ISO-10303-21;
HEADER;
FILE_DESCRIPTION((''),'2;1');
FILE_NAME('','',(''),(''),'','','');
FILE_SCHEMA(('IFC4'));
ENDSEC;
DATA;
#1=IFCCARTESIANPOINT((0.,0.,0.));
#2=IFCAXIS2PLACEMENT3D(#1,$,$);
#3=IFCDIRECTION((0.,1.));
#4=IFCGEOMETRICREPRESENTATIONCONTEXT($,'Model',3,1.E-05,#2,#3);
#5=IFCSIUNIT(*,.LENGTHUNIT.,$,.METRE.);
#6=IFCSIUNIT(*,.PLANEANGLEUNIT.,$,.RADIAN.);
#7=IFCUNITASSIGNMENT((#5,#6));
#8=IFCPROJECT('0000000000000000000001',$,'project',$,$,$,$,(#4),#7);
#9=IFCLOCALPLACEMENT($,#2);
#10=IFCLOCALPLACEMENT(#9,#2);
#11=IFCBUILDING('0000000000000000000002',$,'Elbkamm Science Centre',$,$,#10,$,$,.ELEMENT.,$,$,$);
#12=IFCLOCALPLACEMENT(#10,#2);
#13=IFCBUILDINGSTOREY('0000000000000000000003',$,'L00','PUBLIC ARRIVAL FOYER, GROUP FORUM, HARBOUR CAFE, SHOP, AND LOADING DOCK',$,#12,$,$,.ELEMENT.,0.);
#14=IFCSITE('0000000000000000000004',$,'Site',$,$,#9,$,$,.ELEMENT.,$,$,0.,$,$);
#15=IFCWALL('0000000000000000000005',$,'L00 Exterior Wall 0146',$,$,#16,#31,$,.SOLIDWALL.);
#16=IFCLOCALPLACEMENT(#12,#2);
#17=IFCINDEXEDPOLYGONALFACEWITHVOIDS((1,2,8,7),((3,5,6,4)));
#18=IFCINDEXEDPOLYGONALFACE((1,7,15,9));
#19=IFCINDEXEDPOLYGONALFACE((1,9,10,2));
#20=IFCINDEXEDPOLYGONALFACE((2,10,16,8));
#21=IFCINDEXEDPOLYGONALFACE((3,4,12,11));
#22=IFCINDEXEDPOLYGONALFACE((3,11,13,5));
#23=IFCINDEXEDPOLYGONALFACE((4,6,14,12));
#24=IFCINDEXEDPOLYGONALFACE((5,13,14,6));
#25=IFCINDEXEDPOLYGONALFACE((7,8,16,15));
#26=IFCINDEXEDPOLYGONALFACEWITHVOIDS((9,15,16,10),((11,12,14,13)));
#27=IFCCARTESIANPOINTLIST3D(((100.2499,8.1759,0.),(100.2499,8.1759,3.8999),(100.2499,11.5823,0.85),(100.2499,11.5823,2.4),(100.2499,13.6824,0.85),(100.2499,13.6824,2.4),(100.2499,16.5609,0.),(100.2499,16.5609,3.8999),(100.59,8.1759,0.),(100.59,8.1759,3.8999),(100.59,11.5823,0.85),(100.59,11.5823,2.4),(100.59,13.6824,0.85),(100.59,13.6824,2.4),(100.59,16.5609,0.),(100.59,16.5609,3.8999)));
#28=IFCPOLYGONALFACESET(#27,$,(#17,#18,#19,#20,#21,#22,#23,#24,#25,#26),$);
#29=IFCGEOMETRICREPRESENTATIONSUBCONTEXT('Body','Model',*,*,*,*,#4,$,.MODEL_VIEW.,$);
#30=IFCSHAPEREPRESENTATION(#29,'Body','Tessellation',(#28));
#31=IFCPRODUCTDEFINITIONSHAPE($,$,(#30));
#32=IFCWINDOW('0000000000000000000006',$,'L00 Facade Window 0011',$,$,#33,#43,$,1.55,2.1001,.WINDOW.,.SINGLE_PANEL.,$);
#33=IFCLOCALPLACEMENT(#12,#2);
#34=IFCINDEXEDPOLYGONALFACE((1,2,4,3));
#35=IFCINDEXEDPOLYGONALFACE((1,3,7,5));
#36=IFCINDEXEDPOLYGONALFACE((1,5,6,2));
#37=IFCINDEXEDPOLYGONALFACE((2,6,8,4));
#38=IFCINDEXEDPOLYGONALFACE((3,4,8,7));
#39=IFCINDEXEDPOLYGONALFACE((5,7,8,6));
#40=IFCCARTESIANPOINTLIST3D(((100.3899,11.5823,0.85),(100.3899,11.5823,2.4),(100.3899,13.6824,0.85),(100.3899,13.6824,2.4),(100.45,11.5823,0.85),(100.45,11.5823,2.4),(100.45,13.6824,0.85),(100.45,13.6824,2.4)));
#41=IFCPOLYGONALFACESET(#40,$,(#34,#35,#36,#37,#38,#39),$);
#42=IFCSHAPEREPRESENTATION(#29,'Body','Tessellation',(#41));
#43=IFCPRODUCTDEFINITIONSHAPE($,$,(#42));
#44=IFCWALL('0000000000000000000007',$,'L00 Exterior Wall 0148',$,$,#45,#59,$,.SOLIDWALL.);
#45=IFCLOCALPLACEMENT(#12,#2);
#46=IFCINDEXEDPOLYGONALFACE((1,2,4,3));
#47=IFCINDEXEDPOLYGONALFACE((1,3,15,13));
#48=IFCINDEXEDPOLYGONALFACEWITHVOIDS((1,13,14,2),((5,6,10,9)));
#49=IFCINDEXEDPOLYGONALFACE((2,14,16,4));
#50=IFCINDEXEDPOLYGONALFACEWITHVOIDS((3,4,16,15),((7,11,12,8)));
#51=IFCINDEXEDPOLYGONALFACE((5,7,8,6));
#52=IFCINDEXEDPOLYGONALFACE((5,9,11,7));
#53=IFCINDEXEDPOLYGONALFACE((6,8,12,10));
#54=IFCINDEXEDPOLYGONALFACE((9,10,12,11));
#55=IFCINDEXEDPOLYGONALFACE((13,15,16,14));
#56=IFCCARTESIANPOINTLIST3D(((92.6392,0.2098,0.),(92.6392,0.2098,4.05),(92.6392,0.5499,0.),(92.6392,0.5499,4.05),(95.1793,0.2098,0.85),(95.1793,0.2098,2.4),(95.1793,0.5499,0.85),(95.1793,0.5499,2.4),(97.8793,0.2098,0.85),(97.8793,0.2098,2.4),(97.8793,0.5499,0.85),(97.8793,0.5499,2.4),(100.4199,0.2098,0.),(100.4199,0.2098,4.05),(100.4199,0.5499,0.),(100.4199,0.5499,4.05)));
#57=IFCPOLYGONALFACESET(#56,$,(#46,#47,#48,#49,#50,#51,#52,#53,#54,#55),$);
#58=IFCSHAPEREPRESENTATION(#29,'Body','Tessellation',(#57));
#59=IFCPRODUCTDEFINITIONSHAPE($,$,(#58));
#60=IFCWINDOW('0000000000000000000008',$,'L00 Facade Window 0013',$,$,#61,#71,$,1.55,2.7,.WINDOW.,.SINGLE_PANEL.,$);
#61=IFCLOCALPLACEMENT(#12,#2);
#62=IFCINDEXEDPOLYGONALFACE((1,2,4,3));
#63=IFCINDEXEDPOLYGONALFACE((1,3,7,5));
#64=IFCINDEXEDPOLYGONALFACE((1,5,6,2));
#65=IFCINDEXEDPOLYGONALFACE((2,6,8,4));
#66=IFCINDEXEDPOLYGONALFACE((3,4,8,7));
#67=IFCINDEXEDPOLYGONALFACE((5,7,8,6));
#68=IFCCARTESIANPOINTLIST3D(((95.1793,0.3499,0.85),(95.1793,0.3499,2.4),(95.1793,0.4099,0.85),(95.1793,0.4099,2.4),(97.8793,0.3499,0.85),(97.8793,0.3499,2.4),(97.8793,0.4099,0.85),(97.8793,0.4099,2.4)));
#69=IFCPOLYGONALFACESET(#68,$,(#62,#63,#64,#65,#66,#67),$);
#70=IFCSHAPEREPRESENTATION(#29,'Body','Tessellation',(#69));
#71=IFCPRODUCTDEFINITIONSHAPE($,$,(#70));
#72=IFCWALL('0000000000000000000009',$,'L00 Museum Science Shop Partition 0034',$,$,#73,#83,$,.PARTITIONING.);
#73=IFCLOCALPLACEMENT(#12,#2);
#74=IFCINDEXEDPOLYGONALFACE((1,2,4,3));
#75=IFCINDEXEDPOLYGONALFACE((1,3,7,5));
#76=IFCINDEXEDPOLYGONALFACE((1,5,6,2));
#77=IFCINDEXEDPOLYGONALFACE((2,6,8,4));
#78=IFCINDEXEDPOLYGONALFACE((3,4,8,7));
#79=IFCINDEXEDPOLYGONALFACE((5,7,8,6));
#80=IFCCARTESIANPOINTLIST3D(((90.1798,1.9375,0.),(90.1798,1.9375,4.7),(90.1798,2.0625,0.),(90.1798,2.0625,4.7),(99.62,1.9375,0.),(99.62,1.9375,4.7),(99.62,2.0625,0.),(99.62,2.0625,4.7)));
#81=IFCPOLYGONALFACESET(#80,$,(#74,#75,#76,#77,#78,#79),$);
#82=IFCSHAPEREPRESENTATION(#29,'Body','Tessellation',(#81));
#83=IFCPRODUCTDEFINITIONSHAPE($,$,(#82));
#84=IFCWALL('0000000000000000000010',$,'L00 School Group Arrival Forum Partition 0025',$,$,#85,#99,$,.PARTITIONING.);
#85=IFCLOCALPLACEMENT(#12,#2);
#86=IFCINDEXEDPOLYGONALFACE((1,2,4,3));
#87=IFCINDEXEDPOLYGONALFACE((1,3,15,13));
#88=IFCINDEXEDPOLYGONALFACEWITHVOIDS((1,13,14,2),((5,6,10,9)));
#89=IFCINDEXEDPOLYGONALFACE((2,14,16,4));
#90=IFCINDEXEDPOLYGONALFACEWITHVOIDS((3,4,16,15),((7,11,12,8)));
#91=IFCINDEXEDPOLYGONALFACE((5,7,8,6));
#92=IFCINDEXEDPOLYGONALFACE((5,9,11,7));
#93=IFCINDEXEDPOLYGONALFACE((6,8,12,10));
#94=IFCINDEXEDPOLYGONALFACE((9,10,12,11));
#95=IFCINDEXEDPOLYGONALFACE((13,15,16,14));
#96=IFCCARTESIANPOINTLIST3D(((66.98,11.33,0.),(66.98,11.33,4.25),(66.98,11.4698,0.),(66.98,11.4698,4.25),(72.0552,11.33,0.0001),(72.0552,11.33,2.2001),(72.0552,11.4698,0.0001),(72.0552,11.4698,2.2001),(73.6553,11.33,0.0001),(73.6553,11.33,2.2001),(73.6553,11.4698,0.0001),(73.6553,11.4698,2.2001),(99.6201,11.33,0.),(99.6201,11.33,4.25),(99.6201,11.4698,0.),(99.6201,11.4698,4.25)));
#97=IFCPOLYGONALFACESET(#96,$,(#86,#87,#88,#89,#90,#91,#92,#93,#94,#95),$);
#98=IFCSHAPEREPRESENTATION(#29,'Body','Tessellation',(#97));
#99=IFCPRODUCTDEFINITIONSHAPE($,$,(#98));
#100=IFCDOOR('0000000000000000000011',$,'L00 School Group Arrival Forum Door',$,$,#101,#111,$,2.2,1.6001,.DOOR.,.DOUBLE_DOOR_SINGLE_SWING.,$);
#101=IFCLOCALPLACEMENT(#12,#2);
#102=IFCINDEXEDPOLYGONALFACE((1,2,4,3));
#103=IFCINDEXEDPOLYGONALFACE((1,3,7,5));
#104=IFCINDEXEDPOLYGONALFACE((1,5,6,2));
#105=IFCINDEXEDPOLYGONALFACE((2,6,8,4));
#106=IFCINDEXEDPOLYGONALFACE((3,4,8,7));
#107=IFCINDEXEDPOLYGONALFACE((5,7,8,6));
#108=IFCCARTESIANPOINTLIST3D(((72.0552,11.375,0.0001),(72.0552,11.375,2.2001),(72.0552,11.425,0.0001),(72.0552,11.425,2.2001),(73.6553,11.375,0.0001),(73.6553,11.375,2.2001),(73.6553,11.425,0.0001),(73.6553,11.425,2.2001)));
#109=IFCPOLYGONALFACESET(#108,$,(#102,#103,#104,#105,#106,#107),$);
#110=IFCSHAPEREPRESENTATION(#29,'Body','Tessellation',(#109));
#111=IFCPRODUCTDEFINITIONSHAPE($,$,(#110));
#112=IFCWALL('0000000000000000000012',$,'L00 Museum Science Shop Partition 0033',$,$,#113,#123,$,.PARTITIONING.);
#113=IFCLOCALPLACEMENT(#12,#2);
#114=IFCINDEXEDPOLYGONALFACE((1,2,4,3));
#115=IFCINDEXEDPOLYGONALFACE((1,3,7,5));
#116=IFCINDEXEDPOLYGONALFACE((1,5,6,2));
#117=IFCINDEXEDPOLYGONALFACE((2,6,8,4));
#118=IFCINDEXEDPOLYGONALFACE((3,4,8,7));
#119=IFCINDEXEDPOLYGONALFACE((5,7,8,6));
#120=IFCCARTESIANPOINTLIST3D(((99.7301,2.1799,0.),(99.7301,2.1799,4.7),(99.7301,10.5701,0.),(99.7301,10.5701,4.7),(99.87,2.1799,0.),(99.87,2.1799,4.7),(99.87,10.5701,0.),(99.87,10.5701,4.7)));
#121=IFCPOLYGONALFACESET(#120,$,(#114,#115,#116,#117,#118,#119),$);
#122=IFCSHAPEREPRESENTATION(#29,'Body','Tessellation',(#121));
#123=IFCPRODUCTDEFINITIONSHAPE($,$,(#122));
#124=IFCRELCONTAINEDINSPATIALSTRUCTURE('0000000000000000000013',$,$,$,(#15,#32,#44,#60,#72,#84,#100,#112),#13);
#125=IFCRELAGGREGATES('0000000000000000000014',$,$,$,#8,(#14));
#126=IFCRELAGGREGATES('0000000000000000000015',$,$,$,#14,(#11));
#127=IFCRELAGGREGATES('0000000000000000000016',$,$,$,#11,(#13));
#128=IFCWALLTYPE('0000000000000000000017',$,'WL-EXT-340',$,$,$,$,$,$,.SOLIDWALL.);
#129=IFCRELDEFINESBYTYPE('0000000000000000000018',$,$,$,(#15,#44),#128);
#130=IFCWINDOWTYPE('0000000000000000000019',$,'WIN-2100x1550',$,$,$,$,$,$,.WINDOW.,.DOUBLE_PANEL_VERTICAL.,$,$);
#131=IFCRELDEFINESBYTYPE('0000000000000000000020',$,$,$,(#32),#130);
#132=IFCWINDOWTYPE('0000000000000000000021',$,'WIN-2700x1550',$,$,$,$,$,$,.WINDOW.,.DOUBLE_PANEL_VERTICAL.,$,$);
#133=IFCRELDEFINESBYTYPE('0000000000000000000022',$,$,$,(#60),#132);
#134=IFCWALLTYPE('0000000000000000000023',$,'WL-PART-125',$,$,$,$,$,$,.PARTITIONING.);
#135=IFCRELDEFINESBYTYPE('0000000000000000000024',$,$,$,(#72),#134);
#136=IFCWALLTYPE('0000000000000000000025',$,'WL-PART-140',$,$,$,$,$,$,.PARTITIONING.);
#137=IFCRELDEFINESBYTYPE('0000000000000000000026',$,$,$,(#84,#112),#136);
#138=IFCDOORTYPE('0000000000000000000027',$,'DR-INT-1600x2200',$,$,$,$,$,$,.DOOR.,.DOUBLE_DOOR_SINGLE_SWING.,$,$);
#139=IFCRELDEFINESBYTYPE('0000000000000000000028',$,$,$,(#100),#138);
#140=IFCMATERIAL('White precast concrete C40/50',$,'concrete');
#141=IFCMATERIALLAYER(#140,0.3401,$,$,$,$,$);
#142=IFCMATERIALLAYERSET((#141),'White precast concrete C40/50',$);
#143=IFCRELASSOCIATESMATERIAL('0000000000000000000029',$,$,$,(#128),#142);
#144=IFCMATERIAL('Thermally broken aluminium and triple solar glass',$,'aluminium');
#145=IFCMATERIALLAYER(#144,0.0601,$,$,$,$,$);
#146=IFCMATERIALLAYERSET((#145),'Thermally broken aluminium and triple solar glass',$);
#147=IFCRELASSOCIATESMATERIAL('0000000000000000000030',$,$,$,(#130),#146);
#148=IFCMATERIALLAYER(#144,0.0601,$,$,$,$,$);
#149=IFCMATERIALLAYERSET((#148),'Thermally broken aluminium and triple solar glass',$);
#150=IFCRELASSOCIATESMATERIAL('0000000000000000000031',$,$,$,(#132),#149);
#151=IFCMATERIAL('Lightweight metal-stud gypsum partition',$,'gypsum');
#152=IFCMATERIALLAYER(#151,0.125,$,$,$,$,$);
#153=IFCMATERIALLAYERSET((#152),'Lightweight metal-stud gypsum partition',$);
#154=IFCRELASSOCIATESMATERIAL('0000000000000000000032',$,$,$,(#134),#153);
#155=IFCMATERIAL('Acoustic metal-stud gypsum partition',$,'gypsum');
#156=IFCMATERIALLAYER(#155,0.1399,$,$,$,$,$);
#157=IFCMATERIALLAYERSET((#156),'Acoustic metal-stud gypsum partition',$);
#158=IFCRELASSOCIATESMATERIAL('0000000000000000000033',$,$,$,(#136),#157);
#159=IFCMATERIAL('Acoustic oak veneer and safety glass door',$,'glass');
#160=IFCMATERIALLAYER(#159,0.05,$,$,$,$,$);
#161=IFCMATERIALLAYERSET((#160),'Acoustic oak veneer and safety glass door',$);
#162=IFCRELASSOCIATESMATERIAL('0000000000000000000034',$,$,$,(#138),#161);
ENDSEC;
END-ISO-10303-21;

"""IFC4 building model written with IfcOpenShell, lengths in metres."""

from ifc_helpers import new_model, si_unit, direction, frame, frame_2d, origin, place, context, subcontext, project, spatial, rectangle, extrude, material, layer, layer_set, type_object, element, fill, save


model = new_model("IFC4")

# Units and contexts
model_context = context("Model", 3, precision=1e-05, world=origin(), true_north=direction((0.0, 1.0)))
body_context = subcontext(model_context, "Body", "Model", "MODEL_VIEW")
ifc_project = project(units=[si_unit("LENGTHUNIT", "METRE"), si_unit("PLANEANGLEUNIT", "RADIAN")], contexts=[model_context])

# Site, building, storey
site_placement = place(None, origin())
site = spatial("IfcSite", under=ifc_project, at=site_placement, Name="Site", CompositionType="ELEMENT", RefElevation=0.0)
building_placement = place(site_placement, origin())
building = spatial("IfcBuilding", under=site, at=building_placement, Name="Elbkamm Science Centre", CompositionType="ELEMENT")
storey_placement = place(building_placement, origin())
storey = spatial("IfcBuildingStorey", under=building, at=storey_placement, Name="L00", Description="PUBLIC ARRIVAL FOYER, GROUP FORUM, HARBOUR CAFE, SHOP, AND LOADING DOCK", CompositionType="ELEMENT", Elevation=0.0)

# Walls, openings, windows
ifc_material_1 = material(Name="White precast concrete C40/50", Category="concrete")
ifc_material_2 = material(Name="Thermally broken aluminium and triple solar glass", Category="aluminium")
ifc_layer_1 = layer(ifc_material_1, 0.3401)
ifc_layer_set_1 = layer_set([ifc_layer_1], Name="White precast concrete C40/50")
wall_type_1 = type_object("IfcWallType", Name="WL-EXT-340", PredefinedType="SOLIDWALL", material=ifc_layer_set_1)
wall_1_placement = place(storey_placement, frame((100.4199, 16.5608, 0.0), z_axis=(0.0, 0.0, 1.0), x_axis=(0.0, -1.0, 0.0)))
wall_1 = element("IfcWall", 1, at=wall_1_placement, inside=storey, type_object=wall_type_1, Name="L00 Exterior Wall 0146", PredefinedType="SOLIDWALL", context=body_context, shape_type="SweptSolid", body=[
    extrude(rectangle(XDim=8.385, YDim=0.3401, at=frame_2d((4.1924, 0.0))), origin(), (0.0, 0.0, 1.0), 3.8999),
])
opening_1_placement = place(wall_1_placement, frame((2.8784, 0.0, 0.8501)))
opening_1 = element("IfcOpeningElement", 2, at=opening_1_placement, cuts=wall_1, PredefinedType="OPENING", context=body_context, shape_type="SweptSolid", body=[
    extrude(rectangle(XDim=2.1001, YDim=1.55, at=frame_2d((1.05, 0.7749))), frame((0.0, 0.1821, 0.0), z_axis=(0.0, -1.0, 0.0), x_axis=(1.0, 0.0, 0.0)), (0.0, 0.0, 1.0), 0.364),
])
ifc_layer_2 = layer(ifc_material_2, 0.0601)
ifc_layer_set_2 = layer_set([ifc_layer_2], Name="Thermally broken aluminium and triple solar glass")
window_type_1 = type_object("IfcWindowType", Name="WIN-2100x1550", PartitioningType="DOUBLE_PANEL_VERTICAL", PredefinedType="WINDOW", material=ifc_layer_set_2)
window_1_placement = place(opening_1_placement, origin())
window_1 = element("IfcWindow", 3, at=window_1_placement, inside=storey, type_object=window_type_1, Name="L00 Facade Window 0011", OverallHeight=1.55, OverallWidth=2.1001, PartitioningType="SINGLE_PANEL", PredefinedType="WINDOW", context=body_context, shape_type="SweptSolid", body=[
    extrude(rectangle(XDim=2.1001, YDim=1.55, at=frame_2d((1.05, 0.7749))), frame((0.0, 0.03, 0.0), z_axis=(0.0, -1.0, 0.0), x_axis=(1.0, 0.0, 0.0)), (0.0, 0.0, 1.0), 0.0601),
])
fill(opening_1, window_1)
wall_2_placement = place(storey_placement, frame((100.4199, 0.3799, 0.0), z_axis=(0.0, 0.0, 1.0), x_axis=(-1.0, 0.0, 0.0)))
wall_2 = element("IfcWall", 4, at=wall_2_placement, inside=storey, type_object=wall_type_1, Name="L00 Exterior Wall 0148", PredefinedType="SOLIDWALL", context=body_context, shape_type="SweptSolid", body=[
    extrude(rectangle(XDim=7.7808, YDim=0.3401, at=frame_2d((3.8904, 0.0))), origin(), (0.0, 0.0, 1.0), 4.05),
])
opening_2_placement = place(wall_2_placement, frame((2.5405, 0.0, 0.8501)))
opening_2 = element("IfcOpeningElement", 5, at=opening_2_placement, cuts=wall_2, PredefinedType="OPENING", context=body_context, shape_type="SweptSolid", body=[
    extrude(rectangle(XDim=2.7, YDim=1.55, at=frame_2d((1.3501, 0.7749))), frame((0.0, 0.1821, 0.0), z_axis=(0.0, -1.0, 0.0), x_axis=(1.0, 0.0, 0.0)), (0.0, 0.0, 1.0), 0.364),
])
ifc_layer_3 = layer(ifc_material_2, 0.0601)
ifc_layer_set_3 = layer_set([ifc_layer_3], Name="Thermally broken aluminium and triple solar glass")
window_type_2 = type_object("IfcWindowType", Name="WIN-2700x1550", PartitioningType="DOUBLE_PANEL_VERTICAL", PredefinedType="WINDOW", material=ifc_layer_set_3)
window_2_placement = place(opening_2_placement, origin())
window_2 = element("IfcWindow", 6, at=window_2_placement, inside=storey, type_object=window_type_2, Name="L00 Facade Window 0013", OverallHeight=1.55, OverallWidth=2.7, PartitioningType="SINGLE_PANEL", PredefinedType="WINDOW", context=body_context, shape_type="SweptSolid", body=[
    extrude(rectangle(XDim=2.7, YDim=1.55, at=frame_2d((1.3501, 0.7749))), frame((0.0, 0.03, 0.0), z_axis=(0.0, -1.0, 0.0), x_axis=(1.0, 0.0, 0.0)), (0.0, 0.0, 1.0), 0.0601),
])
fill(opening_2, window_2)

# Wall
ifc_material_3 = material(Name="Lightweight metal-stud gypsum partition", Category="gypsum")
ifc_layer_4 = layer(ifc_material_3, 0.125)
ifc_layer_set_4 = layer_set([ifc_layer_4], Name="Lightweight metal-stud gypsum partition")
wall_type_2 = type_object("IfcWallType", Name="WL-PART-125", PredefinedType="PARTITIONING", material=ifc_layer_set_4)
wall_3_placement = place(storey_placement, frame((99.6201, 2.0, 0.0), z_axis=(0.0, 0.0, 1.0), x_axis=(-1.0, 0.0, 0.0)))
element("IfcWall", 7, at=wall_3_placement, inside=storey, type_object=wall_type_2, Name="L00 Museum Science Shop Partition 0034", PredefinedType="PARTITIONING", context=body_context, shape_type="SweptSolid", body=[
    extrude(rectangle(XDim=9.4402, YDim=0.125, at=frame_2d((4.7202, 0.0))), origin(), (0.0, 0.0, 1.0), 4.7),
])

# Wall, opening, door
ifc_material_4 = material(Name="Acoustic metal-stud gypsum partition", Category="gypsum")
ifc_layer_5 = layer(ifc_material_4, 0.1399)
ifc_layer_set_5 = layer_set([ifc_layer_5], Name="Acoustic metal-stud gypsum partition")
wall_type_3 = type_object("IfcWallType", Name="WL-PART-140", PredefinedType="PARTITIONING", material=ifc_layer_set_5)
wall_4_placement = place(storey_placement, frame((99.6201, 11.3999, 0.0), z_axis=(0.0, 0.0, 1.0), x_axis=(-1.0, 0.0, 0.0)))
wall_4 = element("IfcWall", 8, at=wall_4_placement, inside=storey, type_object=wall_type_3, Name="L00 School Group Arrival Forum Partition 0025", PredefinedType="PARTITIONING", context=body_context, shape_type="SweptSolid", body=[
    extrude(rectangle(XDim=32.6401, YDim=0.1399, at=frame_2d((16.3201, 0.0))), origin(), (0.0, 0.0, 1.0), 4.25),
])
opening_3_placement = place(wall_4_placement, frame((25.9648, 0.0, 0.0)))
opening_3 = element("IfcOpeningElement", 9, at=opening_3_placement, cuts=wall_4, PredefinedType="OPENING", context=body_context, shape_type="SweptSolid", body=[
    extrude(rectangle(XDim=1.6001, YDim=2.2, at=frame_2d((0.8, 1.1001))), frame((0.0, 0.082, 0.0), z_axis=(0.0, -1.0, 0.0), x_axis=(1.0, 0.0, 0.0)), (0.0, 0.0, 1.0), 0.1638),
])
ifc_material_5 = material(Name="Acoustic oak veneer and safety glass door", Category="glass")
ifc_layer_6 = layer(ifc_material_5, 0.05)
ifc_layer_set_6 = layer_set([ifc_layer_6], Name="Acoustic oak veneer and safety glass door")
door_type = type_object("IfcDoorType", Name="DR-INT-1600x2200", OperationType="DOUBLE_DOOR_SINGLE_SWING", PredefinedType="DOOR", material=ifc_layer_set_6)
door_placement = place(opening_3_placement, origin())
door = element("IfcDoor", 10, at=door_placement, inside=storey, type_object=door_type, Name="L00 School Group Arrival Forum Door", OperationType="DOUBLE_DOOR_SINGLE_SWING", OverallHeight=2.2, OverallWidth=1.6001, PredefinedType="DOOR", context=body_context, shape_type="SweptSolid", body=[
    extrude(rectangle(XDim=1.6001, YDim=2.2, at=frame_2d((0.8, 1.1001))), frame((0.0, 0.0249, 0.0), z_axis=(0.0, -1.0, 0.0), x_axis=(1.0, 0.0, 0.0)), (0.0, 0.0, 1.0), 0.05),
])
fill(opening_3, door)

# Wall
wall_5_placement = place(storey_placement, frame((99.8, 10.5701, 0.0), z_axis=(0.0, 0.0, 1.0), x_axis=(0.0, -1.0, 0.0)))
element("IfcWall", 11, at=wall_5_placement, inside=storey, type_object=wall_type_3, Name="L00 Museum Science Shop Partition 0033", PredefinedType="PARTITIONING", context=body_context, shape_type="SweptSolid", body=[
    extrude(rectangle(XDim=8.3901, YDim=0.1399, at=frame_2d((4.1951, 0.0))), origin(), (0.0, 0.0, 1.0), 4.7),
])

save(model, "model.ifc")
